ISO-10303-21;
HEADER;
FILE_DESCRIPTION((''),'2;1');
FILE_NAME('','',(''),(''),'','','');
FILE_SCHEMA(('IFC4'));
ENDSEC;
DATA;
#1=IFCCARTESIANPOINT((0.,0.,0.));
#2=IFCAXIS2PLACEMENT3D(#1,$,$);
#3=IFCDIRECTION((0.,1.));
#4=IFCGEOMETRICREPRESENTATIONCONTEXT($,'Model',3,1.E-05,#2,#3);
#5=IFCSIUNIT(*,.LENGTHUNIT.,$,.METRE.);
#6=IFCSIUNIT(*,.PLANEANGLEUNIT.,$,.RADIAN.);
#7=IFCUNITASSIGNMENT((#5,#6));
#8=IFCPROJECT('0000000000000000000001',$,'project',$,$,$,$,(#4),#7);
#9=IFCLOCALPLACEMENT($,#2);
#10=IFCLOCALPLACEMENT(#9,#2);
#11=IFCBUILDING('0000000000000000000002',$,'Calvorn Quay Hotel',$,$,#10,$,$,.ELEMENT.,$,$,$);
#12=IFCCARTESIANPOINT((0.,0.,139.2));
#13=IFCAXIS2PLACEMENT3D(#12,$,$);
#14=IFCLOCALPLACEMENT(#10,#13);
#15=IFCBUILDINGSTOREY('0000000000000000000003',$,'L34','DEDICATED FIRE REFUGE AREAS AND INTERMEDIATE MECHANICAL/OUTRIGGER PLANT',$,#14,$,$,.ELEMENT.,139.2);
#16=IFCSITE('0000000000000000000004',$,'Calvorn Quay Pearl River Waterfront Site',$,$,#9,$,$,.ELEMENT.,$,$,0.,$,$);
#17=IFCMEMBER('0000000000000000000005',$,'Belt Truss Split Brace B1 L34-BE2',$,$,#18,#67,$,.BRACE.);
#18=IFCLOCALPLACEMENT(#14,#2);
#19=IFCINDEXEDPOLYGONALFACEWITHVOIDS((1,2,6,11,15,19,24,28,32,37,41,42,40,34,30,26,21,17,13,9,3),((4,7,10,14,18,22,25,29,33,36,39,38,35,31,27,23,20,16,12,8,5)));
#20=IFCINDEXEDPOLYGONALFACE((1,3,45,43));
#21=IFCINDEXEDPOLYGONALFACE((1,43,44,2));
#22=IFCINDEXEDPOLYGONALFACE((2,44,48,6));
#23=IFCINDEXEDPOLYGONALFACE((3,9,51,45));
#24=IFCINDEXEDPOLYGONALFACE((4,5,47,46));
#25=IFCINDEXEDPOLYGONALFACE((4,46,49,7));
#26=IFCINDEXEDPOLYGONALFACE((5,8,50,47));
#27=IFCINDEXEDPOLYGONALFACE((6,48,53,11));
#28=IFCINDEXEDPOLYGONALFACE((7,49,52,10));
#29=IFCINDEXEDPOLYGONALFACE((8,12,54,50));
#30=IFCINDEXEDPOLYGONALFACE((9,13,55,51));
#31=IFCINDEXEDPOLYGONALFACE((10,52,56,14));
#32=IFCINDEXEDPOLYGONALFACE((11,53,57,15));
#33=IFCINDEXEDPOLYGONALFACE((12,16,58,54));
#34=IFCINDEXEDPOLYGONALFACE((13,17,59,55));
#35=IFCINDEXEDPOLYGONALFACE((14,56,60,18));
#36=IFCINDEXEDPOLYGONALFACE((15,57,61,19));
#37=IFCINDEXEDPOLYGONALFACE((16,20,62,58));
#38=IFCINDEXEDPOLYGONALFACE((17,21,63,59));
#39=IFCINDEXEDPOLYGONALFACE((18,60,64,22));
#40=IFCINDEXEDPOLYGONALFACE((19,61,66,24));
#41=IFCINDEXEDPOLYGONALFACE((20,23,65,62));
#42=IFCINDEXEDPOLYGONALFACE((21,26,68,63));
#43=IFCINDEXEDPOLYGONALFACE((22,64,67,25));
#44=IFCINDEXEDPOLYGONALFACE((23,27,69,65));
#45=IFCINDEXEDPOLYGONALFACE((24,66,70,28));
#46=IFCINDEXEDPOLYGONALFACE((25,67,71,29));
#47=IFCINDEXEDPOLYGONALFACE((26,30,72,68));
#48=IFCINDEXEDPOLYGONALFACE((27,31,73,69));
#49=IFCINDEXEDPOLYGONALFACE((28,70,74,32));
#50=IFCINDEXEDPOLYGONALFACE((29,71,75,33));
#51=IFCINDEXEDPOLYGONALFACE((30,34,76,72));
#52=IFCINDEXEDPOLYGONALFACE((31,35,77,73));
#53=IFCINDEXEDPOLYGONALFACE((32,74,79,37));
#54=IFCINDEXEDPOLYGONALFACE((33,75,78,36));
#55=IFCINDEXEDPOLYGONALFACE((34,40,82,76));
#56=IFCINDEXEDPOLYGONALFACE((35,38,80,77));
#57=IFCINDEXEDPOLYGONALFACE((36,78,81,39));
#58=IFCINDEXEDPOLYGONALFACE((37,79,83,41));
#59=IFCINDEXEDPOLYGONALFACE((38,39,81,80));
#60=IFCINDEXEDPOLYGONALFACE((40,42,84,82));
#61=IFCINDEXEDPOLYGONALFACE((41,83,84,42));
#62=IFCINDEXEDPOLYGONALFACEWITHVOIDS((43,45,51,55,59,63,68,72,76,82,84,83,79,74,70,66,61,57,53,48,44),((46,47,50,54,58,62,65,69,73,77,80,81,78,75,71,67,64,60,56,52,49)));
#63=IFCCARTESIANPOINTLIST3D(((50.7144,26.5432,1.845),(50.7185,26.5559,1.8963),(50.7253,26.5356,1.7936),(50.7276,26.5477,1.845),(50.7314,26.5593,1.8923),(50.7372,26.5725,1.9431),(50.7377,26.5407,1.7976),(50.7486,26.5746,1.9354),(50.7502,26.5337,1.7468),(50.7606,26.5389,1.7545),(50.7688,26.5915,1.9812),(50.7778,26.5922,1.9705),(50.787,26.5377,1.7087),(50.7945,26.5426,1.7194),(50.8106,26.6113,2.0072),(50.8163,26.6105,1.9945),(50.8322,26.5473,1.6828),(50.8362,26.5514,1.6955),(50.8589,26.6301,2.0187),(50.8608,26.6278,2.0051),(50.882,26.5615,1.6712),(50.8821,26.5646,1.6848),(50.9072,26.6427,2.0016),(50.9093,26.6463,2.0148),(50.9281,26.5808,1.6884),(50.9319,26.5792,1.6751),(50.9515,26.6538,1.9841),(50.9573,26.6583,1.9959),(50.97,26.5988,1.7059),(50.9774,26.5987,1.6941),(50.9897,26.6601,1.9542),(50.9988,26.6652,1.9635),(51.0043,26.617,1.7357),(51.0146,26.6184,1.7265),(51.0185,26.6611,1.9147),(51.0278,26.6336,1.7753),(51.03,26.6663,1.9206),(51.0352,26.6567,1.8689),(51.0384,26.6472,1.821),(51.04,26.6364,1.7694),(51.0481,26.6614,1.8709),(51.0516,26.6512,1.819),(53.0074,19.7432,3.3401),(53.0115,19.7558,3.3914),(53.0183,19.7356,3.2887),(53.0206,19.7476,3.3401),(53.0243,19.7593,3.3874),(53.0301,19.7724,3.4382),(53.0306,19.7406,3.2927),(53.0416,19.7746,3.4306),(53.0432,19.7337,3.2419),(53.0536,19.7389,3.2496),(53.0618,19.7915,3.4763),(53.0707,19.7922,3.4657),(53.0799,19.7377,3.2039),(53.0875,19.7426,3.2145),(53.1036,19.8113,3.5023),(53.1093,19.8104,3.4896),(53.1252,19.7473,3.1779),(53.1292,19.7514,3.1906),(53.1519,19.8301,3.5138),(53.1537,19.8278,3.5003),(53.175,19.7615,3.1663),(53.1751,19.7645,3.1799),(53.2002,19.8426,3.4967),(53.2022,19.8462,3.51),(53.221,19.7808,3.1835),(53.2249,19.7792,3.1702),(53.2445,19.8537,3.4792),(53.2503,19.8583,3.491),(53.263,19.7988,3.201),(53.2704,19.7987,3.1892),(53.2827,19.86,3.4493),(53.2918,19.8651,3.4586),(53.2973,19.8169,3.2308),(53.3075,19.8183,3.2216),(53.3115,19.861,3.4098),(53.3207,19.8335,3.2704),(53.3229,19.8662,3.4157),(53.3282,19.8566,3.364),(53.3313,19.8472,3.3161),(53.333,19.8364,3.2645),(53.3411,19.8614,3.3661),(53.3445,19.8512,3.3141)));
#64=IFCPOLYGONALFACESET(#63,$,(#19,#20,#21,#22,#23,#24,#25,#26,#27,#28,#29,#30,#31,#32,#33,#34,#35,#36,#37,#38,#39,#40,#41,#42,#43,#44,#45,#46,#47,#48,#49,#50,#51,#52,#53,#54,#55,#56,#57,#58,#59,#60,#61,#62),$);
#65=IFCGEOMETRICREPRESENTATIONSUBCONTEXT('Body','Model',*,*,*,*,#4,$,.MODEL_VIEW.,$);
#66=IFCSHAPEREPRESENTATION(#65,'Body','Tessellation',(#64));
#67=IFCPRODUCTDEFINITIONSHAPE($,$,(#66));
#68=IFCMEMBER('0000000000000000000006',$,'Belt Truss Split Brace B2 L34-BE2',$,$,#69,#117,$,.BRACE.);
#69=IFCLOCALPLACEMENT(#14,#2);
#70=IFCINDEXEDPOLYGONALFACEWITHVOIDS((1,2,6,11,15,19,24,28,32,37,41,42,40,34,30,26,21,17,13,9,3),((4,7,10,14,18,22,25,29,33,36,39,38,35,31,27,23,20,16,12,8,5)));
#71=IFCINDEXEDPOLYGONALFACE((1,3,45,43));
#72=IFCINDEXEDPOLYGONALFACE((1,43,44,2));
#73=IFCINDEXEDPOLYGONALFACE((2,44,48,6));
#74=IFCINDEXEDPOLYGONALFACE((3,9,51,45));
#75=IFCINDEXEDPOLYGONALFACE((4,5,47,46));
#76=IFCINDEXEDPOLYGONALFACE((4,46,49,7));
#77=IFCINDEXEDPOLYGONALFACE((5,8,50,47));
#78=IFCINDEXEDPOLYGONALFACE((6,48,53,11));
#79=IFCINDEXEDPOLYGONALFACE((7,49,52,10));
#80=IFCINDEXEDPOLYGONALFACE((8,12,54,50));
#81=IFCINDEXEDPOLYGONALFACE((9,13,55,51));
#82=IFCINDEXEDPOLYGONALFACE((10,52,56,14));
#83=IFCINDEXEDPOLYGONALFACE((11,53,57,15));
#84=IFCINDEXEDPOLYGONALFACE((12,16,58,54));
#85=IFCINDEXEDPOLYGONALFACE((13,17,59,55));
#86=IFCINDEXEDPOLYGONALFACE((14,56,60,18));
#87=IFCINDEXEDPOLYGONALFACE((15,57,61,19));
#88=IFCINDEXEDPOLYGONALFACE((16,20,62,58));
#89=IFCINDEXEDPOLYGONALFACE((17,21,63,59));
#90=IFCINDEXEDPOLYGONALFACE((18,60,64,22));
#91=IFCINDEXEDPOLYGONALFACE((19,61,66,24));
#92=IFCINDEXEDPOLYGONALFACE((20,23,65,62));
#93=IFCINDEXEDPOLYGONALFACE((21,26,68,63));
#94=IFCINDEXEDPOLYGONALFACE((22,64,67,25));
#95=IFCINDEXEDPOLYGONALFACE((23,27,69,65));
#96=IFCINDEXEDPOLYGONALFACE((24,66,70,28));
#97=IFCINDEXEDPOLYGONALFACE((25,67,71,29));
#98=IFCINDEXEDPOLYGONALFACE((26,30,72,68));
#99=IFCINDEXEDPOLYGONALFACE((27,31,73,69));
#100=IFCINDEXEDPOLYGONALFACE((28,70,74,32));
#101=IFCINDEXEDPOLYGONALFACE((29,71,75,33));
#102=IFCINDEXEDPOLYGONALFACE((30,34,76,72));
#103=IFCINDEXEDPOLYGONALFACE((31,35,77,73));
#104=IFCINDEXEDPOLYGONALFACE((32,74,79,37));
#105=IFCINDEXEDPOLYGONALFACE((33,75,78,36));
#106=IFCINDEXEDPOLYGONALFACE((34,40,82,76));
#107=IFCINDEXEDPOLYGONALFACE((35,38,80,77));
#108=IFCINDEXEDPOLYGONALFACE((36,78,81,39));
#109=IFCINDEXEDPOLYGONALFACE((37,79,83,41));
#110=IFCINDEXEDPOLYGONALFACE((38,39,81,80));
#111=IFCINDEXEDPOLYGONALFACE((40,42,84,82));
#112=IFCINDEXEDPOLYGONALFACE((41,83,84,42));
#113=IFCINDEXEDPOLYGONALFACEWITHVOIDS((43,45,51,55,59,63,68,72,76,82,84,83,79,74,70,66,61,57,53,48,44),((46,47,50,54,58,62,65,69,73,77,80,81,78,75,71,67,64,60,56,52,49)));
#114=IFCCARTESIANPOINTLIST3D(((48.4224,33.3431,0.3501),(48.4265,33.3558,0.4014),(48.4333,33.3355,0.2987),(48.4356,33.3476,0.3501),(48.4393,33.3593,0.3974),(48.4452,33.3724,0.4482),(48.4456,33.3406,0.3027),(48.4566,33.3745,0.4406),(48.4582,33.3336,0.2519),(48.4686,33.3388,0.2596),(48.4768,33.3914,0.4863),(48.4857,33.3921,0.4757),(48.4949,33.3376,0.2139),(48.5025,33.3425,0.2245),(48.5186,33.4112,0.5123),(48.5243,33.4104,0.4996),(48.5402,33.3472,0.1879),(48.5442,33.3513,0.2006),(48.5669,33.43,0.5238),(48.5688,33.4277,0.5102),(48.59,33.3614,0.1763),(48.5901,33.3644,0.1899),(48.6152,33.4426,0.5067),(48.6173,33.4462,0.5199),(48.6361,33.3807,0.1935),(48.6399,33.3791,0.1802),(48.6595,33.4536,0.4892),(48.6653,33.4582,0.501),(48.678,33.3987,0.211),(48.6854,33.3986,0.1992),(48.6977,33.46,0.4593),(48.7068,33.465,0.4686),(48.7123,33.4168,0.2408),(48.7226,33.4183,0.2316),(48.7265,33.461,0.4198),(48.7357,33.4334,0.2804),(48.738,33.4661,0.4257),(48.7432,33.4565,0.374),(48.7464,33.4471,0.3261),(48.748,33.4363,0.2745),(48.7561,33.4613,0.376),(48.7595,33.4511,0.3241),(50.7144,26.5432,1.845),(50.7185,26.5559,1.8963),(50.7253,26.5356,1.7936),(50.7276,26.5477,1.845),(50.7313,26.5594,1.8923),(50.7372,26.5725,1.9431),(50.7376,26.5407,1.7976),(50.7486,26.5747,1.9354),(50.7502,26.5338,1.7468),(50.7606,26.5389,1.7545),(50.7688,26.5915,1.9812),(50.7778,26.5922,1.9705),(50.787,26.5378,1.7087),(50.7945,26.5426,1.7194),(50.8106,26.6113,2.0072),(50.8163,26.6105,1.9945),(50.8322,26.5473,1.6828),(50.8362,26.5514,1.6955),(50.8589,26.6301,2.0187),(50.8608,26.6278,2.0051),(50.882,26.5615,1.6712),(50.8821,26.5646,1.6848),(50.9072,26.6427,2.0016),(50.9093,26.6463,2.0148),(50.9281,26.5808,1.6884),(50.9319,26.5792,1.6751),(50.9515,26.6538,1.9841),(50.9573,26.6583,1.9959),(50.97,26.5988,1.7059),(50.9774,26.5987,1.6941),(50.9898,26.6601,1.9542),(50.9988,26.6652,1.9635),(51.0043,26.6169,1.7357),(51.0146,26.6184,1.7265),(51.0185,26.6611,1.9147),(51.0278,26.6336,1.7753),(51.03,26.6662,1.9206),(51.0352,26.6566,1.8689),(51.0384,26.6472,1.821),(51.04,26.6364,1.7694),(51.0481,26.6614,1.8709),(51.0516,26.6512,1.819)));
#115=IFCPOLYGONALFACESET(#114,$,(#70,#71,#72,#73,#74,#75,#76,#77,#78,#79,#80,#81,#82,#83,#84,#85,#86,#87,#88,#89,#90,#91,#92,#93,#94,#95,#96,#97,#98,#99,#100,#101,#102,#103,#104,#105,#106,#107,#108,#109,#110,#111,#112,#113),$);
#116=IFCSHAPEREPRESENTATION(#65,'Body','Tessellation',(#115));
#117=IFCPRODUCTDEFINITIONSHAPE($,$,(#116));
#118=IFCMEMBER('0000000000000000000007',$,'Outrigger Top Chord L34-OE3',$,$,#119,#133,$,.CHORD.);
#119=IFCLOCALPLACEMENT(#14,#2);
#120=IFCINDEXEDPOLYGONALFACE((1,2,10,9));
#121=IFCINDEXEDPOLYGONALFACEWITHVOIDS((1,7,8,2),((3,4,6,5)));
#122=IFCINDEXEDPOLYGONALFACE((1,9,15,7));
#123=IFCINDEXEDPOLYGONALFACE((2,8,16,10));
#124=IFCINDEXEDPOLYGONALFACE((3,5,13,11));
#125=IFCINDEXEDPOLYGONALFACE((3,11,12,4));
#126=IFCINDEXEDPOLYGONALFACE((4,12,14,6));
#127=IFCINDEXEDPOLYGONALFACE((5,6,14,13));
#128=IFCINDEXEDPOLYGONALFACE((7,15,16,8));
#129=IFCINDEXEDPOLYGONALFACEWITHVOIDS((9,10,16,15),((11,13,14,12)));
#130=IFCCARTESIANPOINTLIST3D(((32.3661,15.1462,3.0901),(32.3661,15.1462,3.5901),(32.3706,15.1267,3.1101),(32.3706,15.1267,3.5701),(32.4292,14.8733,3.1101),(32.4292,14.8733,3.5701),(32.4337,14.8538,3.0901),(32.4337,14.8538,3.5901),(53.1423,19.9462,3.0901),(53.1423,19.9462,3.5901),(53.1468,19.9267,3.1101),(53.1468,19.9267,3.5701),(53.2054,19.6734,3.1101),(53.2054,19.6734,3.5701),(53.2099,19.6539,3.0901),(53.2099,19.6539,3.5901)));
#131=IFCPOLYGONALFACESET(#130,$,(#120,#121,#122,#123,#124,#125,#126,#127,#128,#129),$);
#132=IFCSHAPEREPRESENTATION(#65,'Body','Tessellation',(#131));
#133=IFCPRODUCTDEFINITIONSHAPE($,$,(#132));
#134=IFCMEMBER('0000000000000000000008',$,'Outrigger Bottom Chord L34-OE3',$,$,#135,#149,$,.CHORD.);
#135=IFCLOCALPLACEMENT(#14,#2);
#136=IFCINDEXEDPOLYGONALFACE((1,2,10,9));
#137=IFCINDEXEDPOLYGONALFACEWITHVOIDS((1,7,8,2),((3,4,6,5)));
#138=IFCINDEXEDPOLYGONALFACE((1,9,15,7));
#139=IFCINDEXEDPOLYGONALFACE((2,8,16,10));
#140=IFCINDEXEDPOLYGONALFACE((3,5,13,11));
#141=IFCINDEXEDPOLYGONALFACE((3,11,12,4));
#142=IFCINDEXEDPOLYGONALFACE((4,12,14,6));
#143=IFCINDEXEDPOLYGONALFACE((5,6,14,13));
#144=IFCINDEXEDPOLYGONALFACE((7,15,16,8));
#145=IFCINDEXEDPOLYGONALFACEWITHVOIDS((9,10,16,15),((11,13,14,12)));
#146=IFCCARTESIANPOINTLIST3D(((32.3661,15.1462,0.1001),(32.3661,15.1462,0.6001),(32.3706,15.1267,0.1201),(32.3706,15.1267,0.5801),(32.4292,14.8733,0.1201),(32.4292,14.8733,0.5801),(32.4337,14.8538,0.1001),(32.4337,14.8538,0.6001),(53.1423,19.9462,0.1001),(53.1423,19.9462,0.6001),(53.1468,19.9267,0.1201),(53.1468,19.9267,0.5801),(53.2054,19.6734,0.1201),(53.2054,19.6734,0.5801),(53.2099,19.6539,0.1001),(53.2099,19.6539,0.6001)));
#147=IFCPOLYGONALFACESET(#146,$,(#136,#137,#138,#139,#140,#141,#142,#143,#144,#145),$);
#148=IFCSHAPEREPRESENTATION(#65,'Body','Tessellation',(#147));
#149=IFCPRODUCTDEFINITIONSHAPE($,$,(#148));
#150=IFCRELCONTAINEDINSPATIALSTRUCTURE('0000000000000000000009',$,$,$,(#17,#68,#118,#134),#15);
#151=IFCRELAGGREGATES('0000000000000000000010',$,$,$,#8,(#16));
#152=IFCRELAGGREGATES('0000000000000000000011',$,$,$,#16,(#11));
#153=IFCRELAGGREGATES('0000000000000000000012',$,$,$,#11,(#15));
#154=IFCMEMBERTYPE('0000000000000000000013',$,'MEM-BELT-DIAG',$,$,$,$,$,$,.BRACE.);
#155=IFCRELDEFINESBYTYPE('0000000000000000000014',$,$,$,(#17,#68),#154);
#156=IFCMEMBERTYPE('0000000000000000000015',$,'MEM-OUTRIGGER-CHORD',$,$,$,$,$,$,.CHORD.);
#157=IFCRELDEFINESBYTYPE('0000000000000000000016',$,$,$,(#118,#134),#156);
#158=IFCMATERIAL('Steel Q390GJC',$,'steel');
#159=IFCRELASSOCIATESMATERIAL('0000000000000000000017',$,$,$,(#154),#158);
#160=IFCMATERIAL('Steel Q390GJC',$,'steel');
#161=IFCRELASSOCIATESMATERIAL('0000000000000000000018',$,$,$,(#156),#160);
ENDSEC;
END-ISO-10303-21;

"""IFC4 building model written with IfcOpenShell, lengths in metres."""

from ifc_helpers import new_model, si_unit, direction, frame, origin, origin_2d, place, context, subcontext, project, spatial, hollow_rectangle, hollow_circle, extrude, material, material_profile, profile_set, type_object, element, save


model = new_model("IFC4")

# Units and contexts
model_context = context("Model", 3, precision=1e-05, world=origin(), true_north=direction((0.0, 1.0)))
body_context = subcontext(model_context, "Body", "Model", "MODEL_VIEW")
ifc_project = project(units=[si_unit("LENGTHUNIT", "METRE"), si_unit("PLANEANGLEUNIT", "RADIAN")], contexts=[model_context])

# Site, building, storey
site_placement = place(None, origin())
site = spatial("IfcSite", under=ifc_project, at=site_placement, Name="Calvorn Quay Pearl River Waterfront Site", CompositionType="ELEMENT", RefElevation=0.0)
building_placement = place(site_placement, origin())
building = spatial("IfcBuilding", under=site, at=building_placement, Name="Calvorn Quay Hotel", CompositionType="ELEMENT")
storey_placement = place(building_placement, frame((0.0, 0.0, 139.2)))
storey = spatial("IfcBuildingStorey", under=building, at=storey_placement, Name="L34", Description="DEDICATED FIRE REFUGE AREAS AND INTERMEDIATE MECHANICAL/OUTRIGGER PLANT", CompositionType="ELEMENT", Elevation=139.2)

# Members
ifc_material_1 = material(Name="Steel Q390GJC", Category="steel")
ifc_material_profile_1 = material_profile(ifc_material_1, hollow_circle(Radius=0.178, WallThickness=0.0139, at=origin_2d()), Name="CHS356x14")
ifc_profile_set_1 = profile_set([ifc_material_profile_1], Name="Steel Q390GJC")
member_type_1 = type_object("IfcMemberType", Name="MEM-BELT-DIAG", PredefinedType="BRACE", material=ifc_profile_set_1)
member_1_placement = place(storey_placement, frame((53.176, 19.8, 3.3401), z_axis=(-0.312806, 0.927659, -0.203963), x_axis=(-0.947579, -0.319522, 0.0)))
element("IfcMember", 1, at=member_1_placement, inside=storey, type_object=member_type_1, Name="Belt Truss Split Brace B1 L34-BE2", PredefinedType="BRACE", context=body_context, shape_type="SweptSolid", body=[
    extrude(hollow_circle(Radius=0.178, WallThickness=0.0139, at=origin_2d()), origin(), (0.0, 0.0, 1.0), 7.3303),
])
member_2_placement = place(storey_placement, frame((50.8831, 26.6001, 1.845), z_axis=(-0.312697, 0.9277, -0.203946), x_axis=(-0.947616, -0.319411, 0.0)))
element("IfcMember", 2, at=member_2_placement, inside=storey, type_object=member_type_1, Name="Belt Truss Split Brace B2 L34-BE2", PredefinedType="BRACE", context=body_context, shape_type="SweptSolid", body=[
    extrude(hollow_circle(Radius=0.178, WallThickness=0.0139, at=origin_2d()), origin(), (0.0, 0.0, 1.0), 7.3298),
])
ifc_material_2 = material(Name="Steel Q390GJC", Category="steel")
ifc_material_profile_2 = material_profile(ifc_material_2, hollow_rectangle(XDim=0.3, YDim=0.5, WallThickness=0.02, at=origin_2d()), Name="RHS500x300x20")
ifc_profile_set_2 = profile_set([ifc_material_profile_2], Name="Steel Q390GJC")
member_type_2 = type_object("IfcMemberType", Name="MEM-OUTRIGGER-CHORD", PredefinedType="CHORD", material=ifc_profile_set_2)
for number, where, z_axis, x_axis, name in (
    (3, (32.3999, 15.0, 3.3401), (0.974334, 0.225107, 0.0), (-0.225107, 0.974334, 0.0), "Outrigger Top Chord L34-OE3"),
    (4, (32.3999, 15.0, 0.3501), (0.974334, 0.225107, 0.0), (-0.225107, 0.974334, 0.0), "Outrigger Bottom Chord L34-OE3"),
):
    element("IfcMember", number, at=place(storey_placement, frame(where, z_axis=z_axis, x_axis=x_axis)), inside=storey, type_object=member_type_2, Name=name, PredefinedType="CHORD", context=body_context, shape_type="SweptSolid", body=[
        extrude(hollow_rectangle(XDim=0.3, YDim=0.5, WallThickness=0.02, at=origin_2d()), origin(), (0.0, 0.0, 1.0), 21.3235),
    ])

save(model, "model.ifc")
